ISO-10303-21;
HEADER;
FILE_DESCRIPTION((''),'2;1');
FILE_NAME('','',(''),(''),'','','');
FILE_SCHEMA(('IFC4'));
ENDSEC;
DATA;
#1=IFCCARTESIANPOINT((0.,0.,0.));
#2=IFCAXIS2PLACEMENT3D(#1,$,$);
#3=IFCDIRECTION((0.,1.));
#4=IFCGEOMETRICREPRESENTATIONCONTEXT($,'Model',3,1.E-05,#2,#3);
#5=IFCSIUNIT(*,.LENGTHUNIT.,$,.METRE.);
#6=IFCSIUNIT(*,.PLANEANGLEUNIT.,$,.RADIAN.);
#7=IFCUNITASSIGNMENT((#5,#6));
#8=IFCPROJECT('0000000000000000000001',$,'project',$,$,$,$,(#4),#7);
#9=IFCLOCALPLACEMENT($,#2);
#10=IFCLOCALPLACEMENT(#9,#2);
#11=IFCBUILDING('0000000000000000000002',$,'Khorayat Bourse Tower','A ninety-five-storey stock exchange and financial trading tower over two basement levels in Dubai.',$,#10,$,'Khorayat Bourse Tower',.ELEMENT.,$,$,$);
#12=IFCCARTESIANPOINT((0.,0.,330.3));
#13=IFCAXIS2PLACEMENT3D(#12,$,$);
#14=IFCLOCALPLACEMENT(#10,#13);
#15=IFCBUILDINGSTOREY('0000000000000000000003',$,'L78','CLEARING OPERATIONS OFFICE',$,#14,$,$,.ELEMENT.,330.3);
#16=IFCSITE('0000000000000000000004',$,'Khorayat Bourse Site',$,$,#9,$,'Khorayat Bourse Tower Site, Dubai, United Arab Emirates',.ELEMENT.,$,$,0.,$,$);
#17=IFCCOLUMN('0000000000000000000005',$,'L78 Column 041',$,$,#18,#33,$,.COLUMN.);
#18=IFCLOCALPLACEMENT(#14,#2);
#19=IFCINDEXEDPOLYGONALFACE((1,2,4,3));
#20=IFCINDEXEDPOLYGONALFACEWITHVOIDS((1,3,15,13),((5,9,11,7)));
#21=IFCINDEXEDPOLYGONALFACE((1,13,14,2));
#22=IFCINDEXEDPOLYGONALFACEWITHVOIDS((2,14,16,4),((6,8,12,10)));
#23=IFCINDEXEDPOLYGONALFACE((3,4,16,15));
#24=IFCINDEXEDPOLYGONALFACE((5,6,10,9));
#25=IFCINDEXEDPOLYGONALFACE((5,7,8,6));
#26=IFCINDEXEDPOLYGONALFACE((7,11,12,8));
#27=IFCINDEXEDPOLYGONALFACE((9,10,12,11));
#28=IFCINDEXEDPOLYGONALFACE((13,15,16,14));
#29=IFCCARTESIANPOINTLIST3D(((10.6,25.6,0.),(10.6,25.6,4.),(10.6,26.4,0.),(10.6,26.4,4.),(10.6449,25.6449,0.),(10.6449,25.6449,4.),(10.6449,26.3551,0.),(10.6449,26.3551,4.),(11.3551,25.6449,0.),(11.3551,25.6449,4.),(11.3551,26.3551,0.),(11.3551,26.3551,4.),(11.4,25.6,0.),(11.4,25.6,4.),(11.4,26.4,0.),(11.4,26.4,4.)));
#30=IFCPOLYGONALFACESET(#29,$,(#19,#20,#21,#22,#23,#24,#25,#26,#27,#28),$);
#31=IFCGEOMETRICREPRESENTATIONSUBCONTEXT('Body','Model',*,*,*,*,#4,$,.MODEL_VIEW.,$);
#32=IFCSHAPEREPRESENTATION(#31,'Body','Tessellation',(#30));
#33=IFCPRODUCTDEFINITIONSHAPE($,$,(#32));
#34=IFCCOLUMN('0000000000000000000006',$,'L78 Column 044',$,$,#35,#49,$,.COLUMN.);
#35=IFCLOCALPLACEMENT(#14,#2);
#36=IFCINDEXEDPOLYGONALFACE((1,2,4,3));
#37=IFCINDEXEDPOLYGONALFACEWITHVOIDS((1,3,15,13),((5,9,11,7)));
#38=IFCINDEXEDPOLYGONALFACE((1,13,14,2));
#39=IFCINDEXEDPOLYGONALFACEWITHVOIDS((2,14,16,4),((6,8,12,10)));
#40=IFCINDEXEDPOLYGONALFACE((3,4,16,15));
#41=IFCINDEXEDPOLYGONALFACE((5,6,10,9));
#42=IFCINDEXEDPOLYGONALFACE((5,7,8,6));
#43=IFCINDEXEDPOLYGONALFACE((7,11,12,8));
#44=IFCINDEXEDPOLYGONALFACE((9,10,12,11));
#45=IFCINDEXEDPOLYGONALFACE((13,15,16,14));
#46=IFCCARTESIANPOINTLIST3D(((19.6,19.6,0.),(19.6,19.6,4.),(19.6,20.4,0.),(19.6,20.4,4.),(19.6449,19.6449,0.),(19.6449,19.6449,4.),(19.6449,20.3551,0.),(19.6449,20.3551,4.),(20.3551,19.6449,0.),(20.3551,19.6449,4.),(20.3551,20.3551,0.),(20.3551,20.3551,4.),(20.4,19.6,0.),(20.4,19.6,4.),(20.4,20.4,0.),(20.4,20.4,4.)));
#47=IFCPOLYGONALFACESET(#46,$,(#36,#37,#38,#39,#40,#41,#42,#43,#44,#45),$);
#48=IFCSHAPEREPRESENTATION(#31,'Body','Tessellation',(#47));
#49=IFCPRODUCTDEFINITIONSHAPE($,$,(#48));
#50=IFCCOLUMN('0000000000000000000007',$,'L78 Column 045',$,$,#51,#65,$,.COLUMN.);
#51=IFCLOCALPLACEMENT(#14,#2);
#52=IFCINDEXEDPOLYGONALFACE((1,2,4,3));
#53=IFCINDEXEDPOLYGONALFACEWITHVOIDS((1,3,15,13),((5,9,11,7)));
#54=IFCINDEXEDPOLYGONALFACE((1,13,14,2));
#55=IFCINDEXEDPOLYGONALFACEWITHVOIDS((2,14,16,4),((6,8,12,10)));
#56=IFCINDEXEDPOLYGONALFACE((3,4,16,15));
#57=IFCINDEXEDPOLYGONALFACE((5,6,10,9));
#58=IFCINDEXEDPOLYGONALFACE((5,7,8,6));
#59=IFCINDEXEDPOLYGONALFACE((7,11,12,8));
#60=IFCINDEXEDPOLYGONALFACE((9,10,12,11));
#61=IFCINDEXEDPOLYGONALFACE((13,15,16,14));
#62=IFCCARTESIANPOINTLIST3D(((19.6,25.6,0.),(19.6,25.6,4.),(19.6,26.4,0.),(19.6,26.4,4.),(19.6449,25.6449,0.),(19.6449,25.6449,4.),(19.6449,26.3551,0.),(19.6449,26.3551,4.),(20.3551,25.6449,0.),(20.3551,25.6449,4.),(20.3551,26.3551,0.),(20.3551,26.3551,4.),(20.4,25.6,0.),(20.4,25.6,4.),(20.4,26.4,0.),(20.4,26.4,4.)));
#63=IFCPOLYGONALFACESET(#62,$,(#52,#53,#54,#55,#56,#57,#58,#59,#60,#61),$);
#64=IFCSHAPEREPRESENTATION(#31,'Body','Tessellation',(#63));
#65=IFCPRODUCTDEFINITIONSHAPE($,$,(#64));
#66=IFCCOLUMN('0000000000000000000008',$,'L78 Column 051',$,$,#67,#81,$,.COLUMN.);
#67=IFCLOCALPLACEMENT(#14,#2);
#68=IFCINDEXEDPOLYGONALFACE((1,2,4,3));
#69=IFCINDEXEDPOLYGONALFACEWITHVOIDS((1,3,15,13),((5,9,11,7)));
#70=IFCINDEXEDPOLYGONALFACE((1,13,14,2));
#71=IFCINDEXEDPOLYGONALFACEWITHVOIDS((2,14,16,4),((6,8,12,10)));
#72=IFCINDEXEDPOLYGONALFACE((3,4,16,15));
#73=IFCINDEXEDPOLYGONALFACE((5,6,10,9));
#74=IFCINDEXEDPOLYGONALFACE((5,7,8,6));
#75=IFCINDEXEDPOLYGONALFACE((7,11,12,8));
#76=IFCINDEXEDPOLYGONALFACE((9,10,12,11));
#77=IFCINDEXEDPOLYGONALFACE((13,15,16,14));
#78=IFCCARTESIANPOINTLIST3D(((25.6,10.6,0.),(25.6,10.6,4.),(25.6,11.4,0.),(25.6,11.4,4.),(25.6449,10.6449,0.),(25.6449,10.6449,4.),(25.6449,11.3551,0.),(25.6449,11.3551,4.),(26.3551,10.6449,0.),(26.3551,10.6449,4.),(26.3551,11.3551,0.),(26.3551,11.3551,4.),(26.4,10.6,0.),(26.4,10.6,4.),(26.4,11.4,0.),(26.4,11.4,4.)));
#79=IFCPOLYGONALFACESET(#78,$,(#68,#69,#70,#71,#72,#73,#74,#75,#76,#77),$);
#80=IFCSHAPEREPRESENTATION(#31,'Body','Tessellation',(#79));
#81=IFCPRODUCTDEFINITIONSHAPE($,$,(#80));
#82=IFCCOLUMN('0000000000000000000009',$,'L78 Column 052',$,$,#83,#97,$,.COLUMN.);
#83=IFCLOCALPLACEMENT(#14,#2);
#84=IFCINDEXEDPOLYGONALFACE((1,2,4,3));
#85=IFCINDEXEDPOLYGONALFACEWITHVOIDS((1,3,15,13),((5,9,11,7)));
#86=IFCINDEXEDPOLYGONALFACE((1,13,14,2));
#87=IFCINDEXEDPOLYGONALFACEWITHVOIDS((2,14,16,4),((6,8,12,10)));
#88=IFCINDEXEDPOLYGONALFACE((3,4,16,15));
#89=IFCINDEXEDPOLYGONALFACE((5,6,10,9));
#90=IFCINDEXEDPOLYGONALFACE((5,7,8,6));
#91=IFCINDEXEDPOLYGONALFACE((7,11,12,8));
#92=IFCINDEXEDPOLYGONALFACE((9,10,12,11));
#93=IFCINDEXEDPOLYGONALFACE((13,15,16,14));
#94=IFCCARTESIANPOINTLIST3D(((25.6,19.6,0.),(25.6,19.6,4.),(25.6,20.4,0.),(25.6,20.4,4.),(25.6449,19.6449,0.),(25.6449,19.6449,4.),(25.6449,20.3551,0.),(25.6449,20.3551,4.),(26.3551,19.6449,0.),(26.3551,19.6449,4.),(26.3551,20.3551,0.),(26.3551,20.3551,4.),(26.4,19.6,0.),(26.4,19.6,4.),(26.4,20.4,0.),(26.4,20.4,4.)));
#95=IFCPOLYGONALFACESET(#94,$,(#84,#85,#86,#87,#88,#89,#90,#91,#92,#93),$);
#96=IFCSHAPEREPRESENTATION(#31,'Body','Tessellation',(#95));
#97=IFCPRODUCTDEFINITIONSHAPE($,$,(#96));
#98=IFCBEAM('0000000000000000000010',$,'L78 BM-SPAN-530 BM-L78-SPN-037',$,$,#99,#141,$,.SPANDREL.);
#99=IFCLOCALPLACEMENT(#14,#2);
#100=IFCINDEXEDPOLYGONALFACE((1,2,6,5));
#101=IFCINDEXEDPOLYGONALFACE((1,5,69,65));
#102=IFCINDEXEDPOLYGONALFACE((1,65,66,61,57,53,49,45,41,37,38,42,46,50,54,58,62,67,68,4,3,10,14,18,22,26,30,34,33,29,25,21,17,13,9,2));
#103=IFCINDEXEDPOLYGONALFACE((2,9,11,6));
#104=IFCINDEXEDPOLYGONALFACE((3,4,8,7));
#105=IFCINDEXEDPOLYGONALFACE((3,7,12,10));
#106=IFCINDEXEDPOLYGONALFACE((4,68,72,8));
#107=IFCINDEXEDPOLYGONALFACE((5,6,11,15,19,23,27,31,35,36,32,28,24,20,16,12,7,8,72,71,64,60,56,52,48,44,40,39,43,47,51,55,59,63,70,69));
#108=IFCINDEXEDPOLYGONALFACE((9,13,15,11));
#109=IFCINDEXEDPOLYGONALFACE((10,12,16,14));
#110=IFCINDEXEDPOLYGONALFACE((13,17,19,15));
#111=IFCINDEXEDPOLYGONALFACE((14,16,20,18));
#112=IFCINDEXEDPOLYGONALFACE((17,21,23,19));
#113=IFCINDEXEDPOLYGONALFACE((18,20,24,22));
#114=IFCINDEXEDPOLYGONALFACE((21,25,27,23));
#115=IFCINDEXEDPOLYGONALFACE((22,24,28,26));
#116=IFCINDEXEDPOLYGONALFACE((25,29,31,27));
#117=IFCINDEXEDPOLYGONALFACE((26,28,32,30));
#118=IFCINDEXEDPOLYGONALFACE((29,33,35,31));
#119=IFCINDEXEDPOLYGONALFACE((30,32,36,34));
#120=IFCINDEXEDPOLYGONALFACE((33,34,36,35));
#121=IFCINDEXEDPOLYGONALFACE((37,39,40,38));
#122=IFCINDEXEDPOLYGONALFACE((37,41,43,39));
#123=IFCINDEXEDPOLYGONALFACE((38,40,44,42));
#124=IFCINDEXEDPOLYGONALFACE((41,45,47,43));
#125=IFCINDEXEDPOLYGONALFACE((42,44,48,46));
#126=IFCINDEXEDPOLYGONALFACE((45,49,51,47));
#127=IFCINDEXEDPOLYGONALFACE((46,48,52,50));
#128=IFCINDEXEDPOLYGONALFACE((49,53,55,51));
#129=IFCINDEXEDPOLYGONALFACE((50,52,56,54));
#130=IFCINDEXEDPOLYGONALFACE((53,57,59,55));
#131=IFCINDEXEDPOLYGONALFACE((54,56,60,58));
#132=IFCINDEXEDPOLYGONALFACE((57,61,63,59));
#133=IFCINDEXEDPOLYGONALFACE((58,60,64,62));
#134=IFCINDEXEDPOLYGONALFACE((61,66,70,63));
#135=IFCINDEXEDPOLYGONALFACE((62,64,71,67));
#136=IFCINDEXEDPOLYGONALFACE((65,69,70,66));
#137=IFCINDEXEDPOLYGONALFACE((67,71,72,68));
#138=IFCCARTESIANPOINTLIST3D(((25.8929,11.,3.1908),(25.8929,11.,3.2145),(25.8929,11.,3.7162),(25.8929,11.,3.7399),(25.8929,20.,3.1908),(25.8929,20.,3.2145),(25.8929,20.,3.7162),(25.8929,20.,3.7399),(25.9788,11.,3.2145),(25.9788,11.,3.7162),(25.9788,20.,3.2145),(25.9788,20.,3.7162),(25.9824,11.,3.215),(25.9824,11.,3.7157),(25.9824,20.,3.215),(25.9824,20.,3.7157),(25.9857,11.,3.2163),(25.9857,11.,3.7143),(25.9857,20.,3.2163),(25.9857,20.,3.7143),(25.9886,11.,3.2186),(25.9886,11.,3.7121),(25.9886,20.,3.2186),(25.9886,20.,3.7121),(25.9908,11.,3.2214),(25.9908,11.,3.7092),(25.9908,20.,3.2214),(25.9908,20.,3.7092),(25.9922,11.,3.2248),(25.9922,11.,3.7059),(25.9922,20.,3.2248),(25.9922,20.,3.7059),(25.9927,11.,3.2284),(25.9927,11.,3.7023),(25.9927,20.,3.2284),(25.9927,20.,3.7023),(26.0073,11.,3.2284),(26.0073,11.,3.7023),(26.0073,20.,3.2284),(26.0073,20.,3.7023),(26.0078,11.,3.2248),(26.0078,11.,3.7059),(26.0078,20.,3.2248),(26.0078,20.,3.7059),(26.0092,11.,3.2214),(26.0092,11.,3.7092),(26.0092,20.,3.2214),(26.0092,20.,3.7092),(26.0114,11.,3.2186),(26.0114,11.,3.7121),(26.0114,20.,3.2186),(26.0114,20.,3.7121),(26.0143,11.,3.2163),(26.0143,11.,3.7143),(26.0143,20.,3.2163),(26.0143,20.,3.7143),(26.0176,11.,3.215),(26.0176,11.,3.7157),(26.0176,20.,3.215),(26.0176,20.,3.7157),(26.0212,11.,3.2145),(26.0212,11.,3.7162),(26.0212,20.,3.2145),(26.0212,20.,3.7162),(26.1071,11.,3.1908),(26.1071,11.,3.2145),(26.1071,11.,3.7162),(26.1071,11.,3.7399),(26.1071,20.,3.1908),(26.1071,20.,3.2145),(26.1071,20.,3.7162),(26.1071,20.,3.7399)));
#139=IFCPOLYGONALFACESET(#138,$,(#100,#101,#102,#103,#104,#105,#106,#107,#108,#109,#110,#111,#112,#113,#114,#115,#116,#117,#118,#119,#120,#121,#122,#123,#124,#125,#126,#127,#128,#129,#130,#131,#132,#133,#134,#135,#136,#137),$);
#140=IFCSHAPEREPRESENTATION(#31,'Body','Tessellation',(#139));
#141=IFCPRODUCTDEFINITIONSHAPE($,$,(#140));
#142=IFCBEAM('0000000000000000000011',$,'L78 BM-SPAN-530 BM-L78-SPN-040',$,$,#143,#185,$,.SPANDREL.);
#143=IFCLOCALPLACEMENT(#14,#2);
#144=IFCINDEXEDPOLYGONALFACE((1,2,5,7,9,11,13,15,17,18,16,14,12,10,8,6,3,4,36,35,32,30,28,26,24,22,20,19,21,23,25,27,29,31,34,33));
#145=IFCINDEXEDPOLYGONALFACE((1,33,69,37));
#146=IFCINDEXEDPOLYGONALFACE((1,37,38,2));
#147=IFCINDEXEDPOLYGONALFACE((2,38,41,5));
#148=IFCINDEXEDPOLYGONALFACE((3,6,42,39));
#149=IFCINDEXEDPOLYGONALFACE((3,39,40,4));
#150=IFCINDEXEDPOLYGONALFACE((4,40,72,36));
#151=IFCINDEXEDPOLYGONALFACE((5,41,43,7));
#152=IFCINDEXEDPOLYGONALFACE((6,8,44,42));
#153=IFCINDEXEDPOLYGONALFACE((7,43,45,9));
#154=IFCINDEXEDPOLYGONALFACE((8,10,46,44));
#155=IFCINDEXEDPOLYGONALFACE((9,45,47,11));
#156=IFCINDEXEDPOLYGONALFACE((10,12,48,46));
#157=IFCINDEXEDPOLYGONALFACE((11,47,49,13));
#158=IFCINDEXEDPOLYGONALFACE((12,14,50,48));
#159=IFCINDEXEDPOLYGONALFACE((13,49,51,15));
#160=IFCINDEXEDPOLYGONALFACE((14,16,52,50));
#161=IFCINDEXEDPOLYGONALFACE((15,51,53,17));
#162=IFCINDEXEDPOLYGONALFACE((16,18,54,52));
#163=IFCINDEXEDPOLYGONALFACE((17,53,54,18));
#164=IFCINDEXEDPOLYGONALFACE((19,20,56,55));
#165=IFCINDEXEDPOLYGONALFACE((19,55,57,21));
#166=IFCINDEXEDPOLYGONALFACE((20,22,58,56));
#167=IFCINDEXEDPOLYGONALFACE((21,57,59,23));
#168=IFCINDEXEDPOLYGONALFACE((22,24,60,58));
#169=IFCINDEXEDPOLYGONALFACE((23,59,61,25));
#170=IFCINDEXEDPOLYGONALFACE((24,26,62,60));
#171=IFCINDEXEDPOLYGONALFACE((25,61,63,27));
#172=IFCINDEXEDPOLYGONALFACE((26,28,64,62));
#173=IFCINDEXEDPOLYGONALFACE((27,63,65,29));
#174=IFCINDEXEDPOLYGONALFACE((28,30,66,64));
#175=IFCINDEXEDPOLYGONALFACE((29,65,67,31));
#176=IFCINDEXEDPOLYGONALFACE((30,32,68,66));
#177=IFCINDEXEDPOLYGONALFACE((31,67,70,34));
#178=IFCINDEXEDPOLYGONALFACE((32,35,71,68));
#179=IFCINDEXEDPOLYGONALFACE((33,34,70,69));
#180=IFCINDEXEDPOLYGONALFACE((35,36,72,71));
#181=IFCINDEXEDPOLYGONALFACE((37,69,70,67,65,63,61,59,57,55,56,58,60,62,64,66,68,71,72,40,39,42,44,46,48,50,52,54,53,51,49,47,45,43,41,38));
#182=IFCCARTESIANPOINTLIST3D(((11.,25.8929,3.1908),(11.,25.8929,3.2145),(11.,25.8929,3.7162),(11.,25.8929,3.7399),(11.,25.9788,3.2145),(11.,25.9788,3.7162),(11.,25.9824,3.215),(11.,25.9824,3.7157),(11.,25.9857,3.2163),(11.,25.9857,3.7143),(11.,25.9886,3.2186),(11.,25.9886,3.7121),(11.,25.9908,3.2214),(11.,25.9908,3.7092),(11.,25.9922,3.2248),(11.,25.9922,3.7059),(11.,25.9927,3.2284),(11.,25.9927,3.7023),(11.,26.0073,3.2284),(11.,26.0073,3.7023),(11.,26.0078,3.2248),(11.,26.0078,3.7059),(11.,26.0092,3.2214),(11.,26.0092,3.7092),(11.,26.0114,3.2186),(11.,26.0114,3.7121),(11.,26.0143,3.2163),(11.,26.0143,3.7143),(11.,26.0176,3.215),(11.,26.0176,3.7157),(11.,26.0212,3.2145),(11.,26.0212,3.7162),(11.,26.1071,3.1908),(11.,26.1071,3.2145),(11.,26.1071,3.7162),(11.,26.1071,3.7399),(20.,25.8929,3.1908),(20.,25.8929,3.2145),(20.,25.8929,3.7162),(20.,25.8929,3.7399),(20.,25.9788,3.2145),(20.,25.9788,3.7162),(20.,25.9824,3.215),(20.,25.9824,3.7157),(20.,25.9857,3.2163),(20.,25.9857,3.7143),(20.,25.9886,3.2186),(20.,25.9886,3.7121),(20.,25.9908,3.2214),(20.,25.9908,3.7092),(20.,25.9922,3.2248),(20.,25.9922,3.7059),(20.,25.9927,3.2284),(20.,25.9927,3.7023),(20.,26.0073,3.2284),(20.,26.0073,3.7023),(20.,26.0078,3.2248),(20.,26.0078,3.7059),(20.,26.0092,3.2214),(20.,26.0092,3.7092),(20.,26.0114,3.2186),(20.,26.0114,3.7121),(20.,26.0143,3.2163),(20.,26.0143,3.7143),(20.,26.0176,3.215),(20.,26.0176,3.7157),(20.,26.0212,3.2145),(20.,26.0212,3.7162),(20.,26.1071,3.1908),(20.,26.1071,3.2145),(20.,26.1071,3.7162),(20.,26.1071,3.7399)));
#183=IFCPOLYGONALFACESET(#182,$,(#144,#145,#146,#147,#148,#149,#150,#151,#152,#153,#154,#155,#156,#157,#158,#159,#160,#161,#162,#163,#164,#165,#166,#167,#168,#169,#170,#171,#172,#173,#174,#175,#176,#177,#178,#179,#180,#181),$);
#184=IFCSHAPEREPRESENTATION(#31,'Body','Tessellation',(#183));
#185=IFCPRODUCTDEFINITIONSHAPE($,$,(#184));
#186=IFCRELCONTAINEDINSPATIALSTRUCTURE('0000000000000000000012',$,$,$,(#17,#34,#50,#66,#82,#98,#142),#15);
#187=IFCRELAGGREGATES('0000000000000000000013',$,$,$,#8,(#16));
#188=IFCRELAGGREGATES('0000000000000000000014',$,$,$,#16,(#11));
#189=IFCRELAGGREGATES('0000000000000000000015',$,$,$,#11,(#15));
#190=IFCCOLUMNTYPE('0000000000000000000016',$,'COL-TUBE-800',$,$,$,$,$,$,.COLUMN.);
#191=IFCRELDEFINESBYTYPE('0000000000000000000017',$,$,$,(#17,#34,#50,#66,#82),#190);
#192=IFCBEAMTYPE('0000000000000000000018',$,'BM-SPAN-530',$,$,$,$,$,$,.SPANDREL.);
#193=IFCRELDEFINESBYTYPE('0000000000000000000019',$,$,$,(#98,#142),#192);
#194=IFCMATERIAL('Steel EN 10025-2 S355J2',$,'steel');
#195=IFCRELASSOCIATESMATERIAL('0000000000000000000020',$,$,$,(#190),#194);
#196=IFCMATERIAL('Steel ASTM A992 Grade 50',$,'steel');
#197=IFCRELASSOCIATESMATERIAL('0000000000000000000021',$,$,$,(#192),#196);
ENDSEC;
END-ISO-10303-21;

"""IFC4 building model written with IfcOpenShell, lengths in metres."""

from ifc_helpers import new_model, si_unit, direction, frame, origin, origin_2d, place, context, subcontext, project, spatial, hollow_rectangle, i_section, extrude, source, transform, mapped, material, material_profile, profile_set, type_object, element, save


model = new_model("IFC4")

# Units and contexts
model_context = context("Model", 3, precision=1e-05, world=origin(), true_north=direction((0.0, 1.0)))
body_context = subcontext(model_context, "Body", "Model", "MODEL_VIEW")
ifc_project = project(units=[si_unit("LENGTHUNIT", "METRE"), si_unit("PLANEANGLEUNIT", "RADIAN")], contexts=[model_context])

# Site, building, storey
site_placement = place(None, origin())
site = spatial("IfcSite", under=ifc_project, at=site_placement, Name="Khorayat Bourse Site", LongName="Khorayat Bourse Tower Site, Dubai, United Arab Emirates", CompositionType="ELEMENT", RefElevation=0.0)
building_placement = place(site_placement, origin())
building = spatial("IfcBuilding", under=site, at=building_placement, Name="Khorayat Bourse Tower", Description="A ninety-five-storey stock exchange and financial trading tower over two basement levels in Dubai.", LongName="Khorayat Bourse Tower", CompositionType="ELEMENT")
storey_placement = place(building_placement, frame((0.0, 0.0, 330.3)))
storey = spatial("IfcBuildingStorey", under=building, at=storey_placement, Name="L78", Description="CLEARING OPERATIONS OFFICE", CompositionType="ELEMENT", Elevation=330.3)

# Columns
ifc_material_1 = material(Name="Steel EN 10025-2 S355J2", Category="steel")
ifc_material_profile_1 = material_profile(ifc_material_1, hollow_rectangle(XDim=0.8, YDim=0.8, WallThickness=0.0449, at=origin_2d()), Name="BOX 800x800x45")
ifc_profile_set_1 = profile_set([ifc_material_profile_1], Name="Steel EN 10025-2 S355J2")
column_type = type_object("IfcColumnType", Name="COL-TUBE-800", PredefinedType="COLUMN", material=ifc_profile_set_1)
shared_shape_1 = source(origin(), body_context, "Body", "SweptSolid", [
    extrude(hollow_rectangle(XDim=0.8, YDim=0.8, WallThickness=0.0449, at=origin_2d()), origin(), (0.0, 0.0, 1.0), 4.0),
])
for number, where, z_axis, x_axis, name in (
    (1, (11.0, 26.0, 0.0), (0.0, 0.0, 1.0), (1.0, 0.0, 0.0), "L78 Column 041"),
    (2, (20.0, 20.0, 0.0), (0.0, 0.0, 1.0), (1.0, 0.0, 0.0), "L78 Column 044"),
    (3, (20.0, 26.0, 0.0), (0.0, 0.0, 1.0), (1.0, 0.0, 0.0), "L78 Column 045"),
    (4, (26.0, 11.0, 0.0), (0.0, 0.0, 1.0), (1.0, 0.0, 0.0), "L78 Column 051"),
    (5, (26.0, 20.0, 0.0), (0.0, 0.0, 1.0), (1.0, 0.0, 0.0), "L78 Column 052"),
):
    element("IfcColumn", number, at=place(storey_placement, frame(where, z_axis=z_axis, x_axis=x_axis)), inside=storey, type_object=column_type, Name=name, PredefinedType="COLUMN", context=body_context, shape_type="MappedRepresentation", body=[
        mapped(shared_shape_1, transform((0.0, 0.0, 0.0), scale=1.0)),
    ])

# Beams
ifc_material_2 = material(Name="Steel ASTM A992 Grade 50", Category="steel")
ifc_material_profile_2 = material_profile(ifc_material_2, i_section(OverallWidth=0.2141, OverallDepth=0.5491, WebThickness=0.0146, FlangeThickness=0.0237, FilletRadius=0.0139, at=origin_2d()), Name="W530X138")
ifc_profile_set_2 = profile_set([ifc_material_profile_2], Name="Steel ASTM A992 Grade 50")
beam_type_1 = type_object("IfcBeamType", Name="BM-SPAN-530", PredefinedType="SPANDREL", material=ifc_profile_set_2)
shared_shape_2 = source(origin(), body_context, "Body", "SweptSolid", [
    extrude(i_section(OverallWidth=0.2141, OverallDepth=0.5491, WebThickness=0.0146, FlangeThickness=0.0237, FilletRadius=0.0139, at=origin_2d()), origin(), (0.0, 0.0, 1.0), 9.0),
])
for number, where, z_axis, x_axis, name in (
    (6, (26.0, 11.0, 3.4653), (0.0, 1.0, 0.0), (-1.0, 0.0, 0.0), "L78 BM-SPAN-530 BM-L78-SPN-037"),
    (7, (11.0, 26.0, 3.4653), (1.0, 0.0, 0.0), (0.0, 1.0, 0.0), "L78 BM-SPAN-530 BM-L78-SPN-040"),
):
    element("IfcBeam", number, at=place(storey_placement, frame(where, z_axis=z_axis, x_axis=x_axis)), inside=storey, type_object=beam_type_1, Name=name, PredefinedType="SPANDREL", context=body_context, shape_type="MappedRepresentation", body=[
        mapped(shared_shape_2, transform((0.0, 0.0, 0.0), scale=1.0)),
    ])

save(model, "model.ifc")
